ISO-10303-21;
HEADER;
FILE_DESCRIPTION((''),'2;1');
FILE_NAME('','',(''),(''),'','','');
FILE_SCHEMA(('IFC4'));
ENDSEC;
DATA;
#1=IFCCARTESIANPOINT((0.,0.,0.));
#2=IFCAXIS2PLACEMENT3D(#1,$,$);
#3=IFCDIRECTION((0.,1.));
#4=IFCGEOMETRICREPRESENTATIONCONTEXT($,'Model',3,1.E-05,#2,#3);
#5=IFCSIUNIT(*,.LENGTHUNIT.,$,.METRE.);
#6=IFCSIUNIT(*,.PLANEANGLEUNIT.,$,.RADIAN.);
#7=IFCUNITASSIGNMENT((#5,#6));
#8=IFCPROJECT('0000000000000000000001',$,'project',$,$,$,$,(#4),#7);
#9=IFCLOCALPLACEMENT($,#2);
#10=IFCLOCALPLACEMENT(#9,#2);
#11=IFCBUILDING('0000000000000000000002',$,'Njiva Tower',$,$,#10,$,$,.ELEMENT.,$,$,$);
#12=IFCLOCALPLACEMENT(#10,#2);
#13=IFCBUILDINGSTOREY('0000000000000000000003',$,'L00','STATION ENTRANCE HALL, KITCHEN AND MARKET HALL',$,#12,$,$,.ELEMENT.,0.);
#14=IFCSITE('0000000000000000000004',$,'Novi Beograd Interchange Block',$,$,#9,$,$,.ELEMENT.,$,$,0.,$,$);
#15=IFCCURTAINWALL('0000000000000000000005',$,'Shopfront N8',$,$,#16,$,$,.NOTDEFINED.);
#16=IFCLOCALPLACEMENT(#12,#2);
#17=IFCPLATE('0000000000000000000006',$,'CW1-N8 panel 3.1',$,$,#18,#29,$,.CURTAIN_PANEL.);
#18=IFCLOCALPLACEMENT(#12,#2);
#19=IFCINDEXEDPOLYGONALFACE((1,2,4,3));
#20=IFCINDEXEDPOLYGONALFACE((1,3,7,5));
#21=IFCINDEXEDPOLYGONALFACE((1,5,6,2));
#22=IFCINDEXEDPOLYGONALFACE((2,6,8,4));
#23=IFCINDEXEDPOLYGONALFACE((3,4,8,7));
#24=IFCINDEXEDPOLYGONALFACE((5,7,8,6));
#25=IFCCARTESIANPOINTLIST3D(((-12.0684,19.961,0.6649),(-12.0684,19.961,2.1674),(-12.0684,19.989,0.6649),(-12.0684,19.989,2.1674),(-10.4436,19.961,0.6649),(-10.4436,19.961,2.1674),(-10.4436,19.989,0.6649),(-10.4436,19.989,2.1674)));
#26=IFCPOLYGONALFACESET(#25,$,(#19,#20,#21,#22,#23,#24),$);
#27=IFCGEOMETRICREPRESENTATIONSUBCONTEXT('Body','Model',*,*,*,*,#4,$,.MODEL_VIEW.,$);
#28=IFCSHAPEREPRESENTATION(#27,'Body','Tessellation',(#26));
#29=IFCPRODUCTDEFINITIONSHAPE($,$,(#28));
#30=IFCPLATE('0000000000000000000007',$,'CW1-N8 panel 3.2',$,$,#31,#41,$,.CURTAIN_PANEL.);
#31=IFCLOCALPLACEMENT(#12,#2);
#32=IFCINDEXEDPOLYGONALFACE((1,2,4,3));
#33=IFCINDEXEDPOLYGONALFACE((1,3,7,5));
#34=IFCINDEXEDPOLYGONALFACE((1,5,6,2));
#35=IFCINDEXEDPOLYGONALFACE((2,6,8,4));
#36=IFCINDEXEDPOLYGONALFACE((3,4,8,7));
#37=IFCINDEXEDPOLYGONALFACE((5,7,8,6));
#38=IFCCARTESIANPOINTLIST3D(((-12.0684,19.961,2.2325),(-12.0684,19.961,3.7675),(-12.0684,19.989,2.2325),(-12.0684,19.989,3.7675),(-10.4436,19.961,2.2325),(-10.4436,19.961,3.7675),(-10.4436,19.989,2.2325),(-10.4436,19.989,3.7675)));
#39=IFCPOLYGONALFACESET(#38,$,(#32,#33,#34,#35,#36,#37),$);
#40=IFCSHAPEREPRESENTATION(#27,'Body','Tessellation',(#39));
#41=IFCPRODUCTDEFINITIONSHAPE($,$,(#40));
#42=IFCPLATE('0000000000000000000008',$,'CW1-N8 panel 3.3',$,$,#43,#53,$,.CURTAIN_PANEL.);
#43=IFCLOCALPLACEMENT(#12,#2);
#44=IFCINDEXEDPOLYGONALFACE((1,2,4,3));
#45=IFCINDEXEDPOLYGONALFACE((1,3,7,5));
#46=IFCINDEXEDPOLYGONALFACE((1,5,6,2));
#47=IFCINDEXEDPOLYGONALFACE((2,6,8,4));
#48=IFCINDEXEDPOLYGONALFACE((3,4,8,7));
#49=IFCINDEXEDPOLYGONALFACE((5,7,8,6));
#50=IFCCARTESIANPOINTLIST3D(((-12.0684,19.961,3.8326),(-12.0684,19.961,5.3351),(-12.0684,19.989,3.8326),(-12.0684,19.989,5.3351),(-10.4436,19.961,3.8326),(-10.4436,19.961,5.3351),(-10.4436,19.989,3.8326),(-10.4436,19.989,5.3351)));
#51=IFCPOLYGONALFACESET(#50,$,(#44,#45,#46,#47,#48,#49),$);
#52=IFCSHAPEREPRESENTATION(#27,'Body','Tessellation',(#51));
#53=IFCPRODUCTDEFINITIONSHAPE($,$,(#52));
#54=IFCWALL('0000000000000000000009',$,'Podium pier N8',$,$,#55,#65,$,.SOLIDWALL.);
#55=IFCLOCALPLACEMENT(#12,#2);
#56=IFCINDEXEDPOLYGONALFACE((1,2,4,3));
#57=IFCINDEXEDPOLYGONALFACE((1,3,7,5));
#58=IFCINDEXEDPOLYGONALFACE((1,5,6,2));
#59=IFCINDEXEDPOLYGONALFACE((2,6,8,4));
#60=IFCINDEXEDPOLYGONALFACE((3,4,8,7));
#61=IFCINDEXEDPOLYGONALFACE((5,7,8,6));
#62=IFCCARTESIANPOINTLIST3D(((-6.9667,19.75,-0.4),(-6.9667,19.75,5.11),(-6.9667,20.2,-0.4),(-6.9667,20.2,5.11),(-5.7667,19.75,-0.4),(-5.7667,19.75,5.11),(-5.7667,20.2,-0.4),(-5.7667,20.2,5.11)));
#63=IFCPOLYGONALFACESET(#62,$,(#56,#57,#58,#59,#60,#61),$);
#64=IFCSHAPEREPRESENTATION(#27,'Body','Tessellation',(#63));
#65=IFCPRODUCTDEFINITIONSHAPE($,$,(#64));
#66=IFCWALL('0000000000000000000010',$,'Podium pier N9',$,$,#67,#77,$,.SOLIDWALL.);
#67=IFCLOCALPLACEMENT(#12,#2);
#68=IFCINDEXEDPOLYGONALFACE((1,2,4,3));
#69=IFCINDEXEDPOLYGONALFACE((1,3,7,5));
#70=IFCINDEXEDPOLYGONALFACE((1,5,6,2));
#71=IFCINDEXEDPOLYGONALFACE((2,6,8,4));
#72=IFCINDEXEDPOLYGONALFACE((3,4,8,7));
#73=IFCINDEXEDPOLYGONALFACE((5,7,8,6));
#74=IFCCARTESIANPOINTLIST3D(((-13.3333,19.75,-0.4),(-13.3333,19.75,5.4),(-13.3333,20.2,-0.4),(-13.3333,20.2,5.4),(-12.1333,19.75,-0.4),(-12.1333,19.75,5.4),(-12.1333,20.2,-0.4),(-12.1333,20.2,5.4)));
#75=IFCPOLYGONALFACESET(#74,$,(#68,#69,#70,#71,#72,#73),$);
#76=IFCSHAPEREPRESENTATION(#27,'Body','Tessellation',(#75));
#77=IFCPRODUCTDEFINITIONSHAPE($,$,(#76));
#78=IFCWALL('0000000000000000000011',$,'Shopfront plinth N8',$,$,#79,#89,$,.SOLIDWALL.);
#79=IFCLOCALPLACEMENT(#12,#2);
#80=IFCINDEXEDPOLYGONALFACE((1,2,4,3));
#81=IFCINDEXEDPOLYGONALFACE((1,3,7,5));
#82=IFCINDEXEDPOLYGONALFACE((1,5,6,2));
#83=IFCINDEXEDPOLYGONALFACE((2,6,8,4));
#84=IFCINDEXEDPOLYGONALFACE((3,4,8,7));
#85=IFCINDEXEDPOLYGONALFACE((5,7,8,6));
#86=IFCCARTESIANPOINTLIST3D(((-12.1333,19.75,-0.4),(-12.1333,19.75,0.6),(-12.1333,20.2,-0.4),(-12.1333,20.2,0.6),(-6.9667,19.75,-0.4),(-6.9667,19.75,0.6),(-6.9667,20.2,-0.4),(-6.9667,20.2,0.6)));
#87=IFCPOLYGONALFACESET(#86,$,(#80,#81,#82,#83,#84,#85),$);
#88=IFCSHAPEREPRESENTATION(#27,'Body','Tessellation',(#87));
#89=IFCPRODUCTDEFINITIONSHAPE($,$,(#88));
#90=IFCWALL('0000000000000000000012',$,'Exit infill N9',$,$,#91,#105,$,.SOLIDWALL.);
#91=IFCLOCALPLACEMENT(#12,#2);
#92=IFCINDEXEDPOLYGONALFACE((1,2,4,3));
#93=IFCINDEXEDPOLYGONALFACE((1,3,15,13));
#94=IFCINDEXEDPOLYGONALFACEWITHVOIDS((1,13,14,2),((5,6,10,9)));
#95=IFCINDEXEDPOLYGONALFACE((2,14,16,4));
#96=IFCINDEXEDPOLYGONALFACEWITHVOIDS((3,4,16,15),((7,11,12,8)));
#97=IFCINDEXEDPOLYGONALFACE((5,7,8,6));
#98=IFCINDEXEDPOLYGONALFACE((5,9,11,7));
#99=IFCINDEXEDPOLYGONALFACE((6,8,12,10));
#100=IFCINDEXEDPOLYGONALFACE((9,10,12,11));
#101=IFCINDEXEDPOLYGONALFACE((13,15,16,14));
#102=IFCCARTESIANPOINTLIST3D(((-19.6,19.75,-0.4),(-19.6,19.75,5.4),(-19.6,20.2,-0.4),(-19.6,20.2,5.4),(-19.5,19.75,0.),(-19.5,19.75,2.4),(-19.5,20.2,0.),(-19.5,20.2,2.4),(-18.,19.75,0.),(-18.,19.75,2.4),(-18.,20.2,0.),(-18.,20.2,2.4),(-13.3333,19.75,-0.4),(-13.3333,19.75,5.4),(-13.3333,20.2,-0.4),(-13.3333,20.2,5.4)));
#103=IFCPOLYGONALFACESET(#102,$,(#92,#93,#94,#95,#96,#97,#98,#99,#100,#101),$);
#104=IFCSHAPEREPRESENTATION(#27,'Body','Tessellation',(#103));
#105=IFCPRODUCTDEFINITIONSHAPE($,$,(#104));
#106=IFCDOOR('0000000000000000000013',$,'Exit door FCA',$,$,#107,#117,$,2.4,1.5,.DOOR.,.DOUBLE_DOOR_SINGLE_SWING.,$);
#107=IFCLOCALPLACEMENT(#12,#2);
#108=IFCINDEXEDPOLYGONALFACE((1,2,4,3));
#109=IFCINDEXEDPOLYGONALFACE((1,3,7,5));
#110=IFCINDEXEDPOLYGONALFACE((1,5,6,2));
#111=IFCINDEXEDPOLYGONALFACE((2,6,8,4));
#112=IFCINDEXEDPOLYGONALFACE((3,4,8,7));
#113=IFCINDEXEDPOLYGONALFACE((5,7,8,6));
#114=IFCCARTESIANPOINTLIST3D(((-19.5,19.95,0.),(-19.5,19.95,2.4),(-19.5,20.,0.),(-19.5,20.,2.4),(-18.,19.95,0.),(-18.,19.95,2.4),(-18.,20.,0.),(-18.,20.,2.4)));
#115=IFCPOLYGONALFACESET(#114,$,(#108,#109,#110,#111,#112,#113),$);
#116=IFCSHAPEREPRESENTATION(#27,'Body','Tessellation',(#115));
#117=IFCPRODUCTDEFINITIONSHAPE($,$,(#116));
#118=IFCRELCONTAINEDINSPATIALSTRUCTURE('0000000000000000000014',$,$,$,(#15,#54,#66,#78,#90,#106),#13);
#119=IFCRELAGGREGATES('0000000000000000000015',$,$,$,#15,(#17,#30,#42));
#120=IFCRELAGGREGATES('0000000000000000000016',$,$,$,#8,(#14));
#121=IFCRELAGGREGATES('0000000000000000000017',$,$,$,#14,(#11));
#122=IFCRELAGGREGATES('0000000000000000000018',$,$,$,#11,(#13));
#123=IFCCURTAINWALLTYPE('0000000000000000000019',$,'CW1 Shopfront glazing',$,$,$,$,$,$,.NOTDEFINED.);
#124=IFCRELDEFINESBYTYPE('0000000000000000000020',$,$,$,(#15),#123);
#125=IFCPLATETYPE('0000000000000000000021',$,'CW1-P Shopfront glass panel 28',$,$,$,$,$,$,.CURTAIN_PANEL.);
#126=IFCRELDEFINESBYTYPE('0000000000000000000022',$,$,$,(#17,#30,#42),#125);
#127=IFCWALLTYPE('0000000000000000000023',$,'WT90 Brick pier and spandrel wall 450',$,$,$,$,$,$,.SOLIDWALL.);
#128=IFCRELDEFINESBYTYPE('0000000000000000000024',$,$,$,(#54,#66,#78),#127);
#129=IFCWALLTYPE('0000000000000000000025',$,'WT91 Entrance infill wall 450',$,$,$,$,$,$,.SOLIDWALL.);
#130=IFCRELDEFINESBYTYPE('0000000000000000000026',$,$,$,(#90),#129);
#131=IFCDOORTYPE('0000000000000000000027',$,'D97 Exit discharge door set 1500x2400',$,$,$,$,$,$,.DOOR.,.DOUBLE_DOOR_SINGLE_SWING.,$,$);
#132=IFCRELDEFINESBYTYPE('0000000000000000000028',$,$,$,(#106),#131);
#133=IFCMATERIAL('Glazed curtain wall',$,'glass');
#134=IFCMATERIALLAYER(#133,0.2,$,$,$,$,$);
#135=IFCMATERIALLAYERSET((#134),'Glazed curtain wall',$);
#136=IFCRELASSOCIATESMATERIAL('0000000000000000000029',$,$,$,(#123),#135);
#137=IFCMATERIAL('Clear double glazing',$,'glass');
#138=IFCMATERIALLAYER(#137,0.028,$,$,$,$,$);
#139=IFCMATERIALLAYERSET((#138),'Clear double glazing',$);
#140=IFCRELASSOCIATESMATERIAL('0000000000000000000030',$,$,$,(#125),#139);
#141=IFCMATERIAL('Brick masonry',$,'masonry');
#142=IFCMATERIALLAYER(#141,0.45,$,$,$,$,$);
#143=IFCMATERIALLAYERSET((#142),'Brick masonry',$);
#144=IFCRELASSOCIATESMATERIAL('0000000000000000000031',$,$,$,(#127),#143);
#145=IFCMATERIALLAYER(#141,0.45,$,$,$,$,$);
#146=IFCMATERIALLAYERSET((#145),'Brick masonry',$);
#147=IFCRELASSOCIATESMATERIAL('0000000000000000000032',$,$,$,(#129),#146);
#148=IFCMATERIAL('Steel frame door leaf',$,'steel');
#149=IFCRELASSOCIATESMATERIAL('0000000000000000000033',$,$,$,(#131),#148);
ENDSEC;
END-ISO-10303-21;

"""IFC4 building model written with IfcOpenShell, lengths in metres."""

from ifc_helpers import new_model, si_unit, direction, frame, frame_2d, origin, origin_2d, place, context, subcontext, project, spatial, polyline, rectangle, outline, extrude, material, layer, layer_set, type_object, element, fill, aggregate, save


model = new_model("IFC4")

# Units and contexts
model_context = context("Model", 3, precision=1e-05, world=origin(), true_north=direction((0.0, 1.0)))
body_context = subcontext(model_context, "Body", "Model", "MODEL_VIEW")
ifc_project = project(units=[si_unit("LENGTHUNIT", "METRE"), si_unit("PLANEANGLEUNIT", "RADIAN")], contexts=[model_context])

# Site, building, storey
site_placement = place(None, origin())
site = spatial("IfcSite", under=ifc_project, at=site_placement, Name="Novi Beograd Interchange Block", CompositionType="ELEMENT", RefElevation=0.0)
building_placement = place(site_placement, origin())
building = spatial("IfcBuilding", under=site, at=building_placement, Name="Njiva Tower", CompositionType="ELEMENT")
storey_placement = place(building_placement, origin())
storey = spatial("IfcBuildingStorey", under=building, at=storey_placement, Name="L00", Description="STATION ENTRANCE HALL, KITCHEN AND MARKET HALL", CompositionType="ELEMENT", Elevation=0.0)

# Curtain wall, plates
ifc_material_1 = material(Name="Glazed curtain wall", Category="glass")
ifc_layer_1 = layer(ifc_material_1, 0.2)
ifc_layer_set_1 = layer_set([ifc_layer_1], Name="Glazed curtain wall")
curtain_wall_type = type_object("IfcCurtainWallType", Name="CW1 Shopfront glazing", PredefinedType="NOTDEFINED", material=ifc_layer_set_1)
curtain_wall_placement = place(storey_placement, origin())
curtain_wall = element("IfcCurtainWall", 1, at=curtain_wall_placement, inside=storey, type_object=curtain_wall_type, Name="Shopfront N8", PredefinedType="NOTDEFINED")
ifc_material_2 = material(Name="Clear double glazing", Category="glass")
ifc_layer_2 = layer(ifc_material_2, 0.028)
ifc_layer_set_2 = layer_set([ifc_layer_2], Name="Clear double glazing")
plate_type = type_object("IfcPlateType", Name="CW1-P Shopfront glass panel 28", PredefinedType="CURTAIN_PANEL", material=ifc_layer_set_2)
plate_1_placement = place(storey_placement, frame((-11.256, 19.975, 0.6649), z_axis=(0.0, 0.0, 1.0), x_axis=(-1.0, 0.0, 0.0)))
plate_1 = element("IfcPlate", 2, at=plate_1_placement, type_object=plate_type, Name="CW1-N8 panel 3.1", PredefinedType="CURTAIN_PANEL", context=body_context, shape_type="SweptSolid", body=[
    extrude(rectangle(XDim=1.6247, YDim=0.028, at=origin_2d()), origin(), (0.0, 0.0, 1.0), 1.5025),
])
plate_2_placement = place(storey_placement, frame((-11.256, 19.975, 2.2325), z_axis=(0.0, 0.0, 1.0), x_axis=(-1.0, 0.0, 0.0)))
plate_2 = element("IfcPlate", 3, at=plate_2_placement, type_object=plate_type, Name="CW1-N8 panel 3.2", PredefinedType="CURTAIN_PANEL", context=body_context, shape_type="SweptSolid", body=[
    extrude(rectangle(XDim=1.6247, YDim=0.028, at=origin_2d()), origin(), (0.0, 0.0, 1.0), 1.535),
])
plate_3_placement = place(storey_placement, frame((-11.256, 19.975, 3.8326), z_axis=(0.0, 0.0, 1.0), x_axis=(-1.0, 0.0, 0.0)))
plate_3 = element("IfcPlate", 4, at=plate_3_placement, type_object=plate_type, Name="CW1-N8 panel 3.3", PredefinedType="CURTAIN_PANEL", context=body_context, shape_type="SweptSolid", body=[
    extrude(rectangle(XDim=1.6247, YDim=0.028, at=origin_2d()), origin(), (0.0, 0.0, 1.0), 1.5025),
])
aggregate(curtain_wall, [plate_1, plate_2, plate_3])

# Walls
ifc_material_3 = material(Name="Brick masonry", Category="masonry")
ifc_layer_3 = layer(ifc_material_3, 0.45)
ifc_layer_set_3 = layer_set([ifc_layer_3], Name="Brick masonry")
wall_type_1 = type_object("IfcWallType", Name="WT90 Brick pier and spandrel wall 450", PredefinedType="SOLIDWALL", material=ifc_layer_set_3)
wall_1_placement = place(storey_placement, frame((-5.7667, 19.975, -0.4), z_axis=(0.0, 0.0, 1.0), x_axis=(-1.0, 0.0, 0.0)))
element("IfcWall", 5, at=wall_1_placement, inside=storey, type_object=wall_type_1, Name="Podium pier N8", PredefinedType="SOLIDWALL", context=body_context, shape_type="SweptSolid", body=[
    extrude(outline(polyline([(0.0, -0.225), (1.2, -0.225), (1.2, 0.225), (0.0, 0.225), (0.0, -0.225)])), origin(), (0.0, 0.0, 1.0), 5.51),
])
wall_2_placement = place(storey_placement, frame((-12.1333, 19.975, -0.4), z_axis=(0.0, 0.0, 1.0), x_axis=(-1.0, 0.0, 0.0)))
element("IfcWall", 6, at=wall_2_placement, inside=storey, type_object=wall_type_1, Name="Podium pier N9", PredefinedType="SOLIDWALL", context=body_context, shape_type="SweptSolid", body=[
    extrude(outline(polyline([(0.0, -0.225), (1.2, -0.225), (1.2, 0.225), (0.0, 0.225), (0.0, -0.225)])), origin(), (0.0, 0.0, 1.0), 5.8),
])
wall_3_placement = place(storey_placement, frame((-6.9667, 19.975, -0.4), z_axis=(0.0, 0.0, 1.0), x_axis=(-1.0, 0.0, 0.0)))
element("IfcWall", 7, at=wall_3_placement, inside=storey, type_object=wall_type_1, Name="Shopfront plinth N8", PredefinedType="SOLIDWALL", context=body_context, shape_type="SweptSolid", body=[
    extrude(outline(polyline([(0.0, -0.225), (5.1666, -0.225), (5.1666, 0.225), (0.0, 0.225), (0.0, -0.225)])), origin(), (0.0, 0.0, 1.0), 1.0),
])

# Wall, opening, door
ifc_layer_4 = layer(ifc_material_3, 0.45)
ifc_layer_set_4 = layer_set([ifc_layer_4], Name="Brick masonry")
wall_type_2 = type_object("IfcWallType", Name="WT91 Entrance infill wall 450", PredefinedType="SOLIDWALL", material=ifc_layer_set_4)
wall_4_placement = place(storey_placement, frame((-13.3333, 19.975, -0.4), z_axis=(0.0, 0.0, 1.0), x_axis=(-1.0, 0.0, 0.0)))
wall_4 = element("IfcWall", 8, at=wall_4_placement, inside=storey, type_object=wall_type_2, Name="Exit infill N9", PredefinedType="SOLIDWALL", context=body_context, shape_type="SweptSolid", body=[
    extrude(outline(polyline([(0.0, -0.225), (6.2667, -0.225), (6.2667, 0.225), (0.0, 0.225), (0.0, -0.225)])), origin(), (0.0, 0.0, 1.0), 5.8),
])
opening_placement = place(wall_4_placement, frame((4.6667, 0.0, 0.4)))
opening = element("IfcOpeningElement", 9, at=opening_placement, cuts=wall_4, PredefinedType="OPENING", context=body_context, shape_type="SweptSolid", body=[
    extrude(rectangle(XDim=1.5, YDim=2.4, at=frame_2d((0.75, 1.2))), frame((0.0, 0.235, 0.0), z_axis=(0.0, -1.0, 0.0), x_axis=(1.0, 0.0, 0.0)), (0.0, 0.0, 1.0), 0.47),
])
ifc_material_4 = material(Name="Steel frame door leaf", Category="steel")
door_type = type_object("IfcDoorType", Name="D97 Exit discharge door set 1500x2400", OperationType="DOUBLE_DOOR_SINGLE_SWING", PredefinedType="DOOR", material=ifc_material_4)
door_placement = place(opening_placement, frame((1.5, 0.0, 0.0), z_axis=(0.0, 0.0, 1.0), x_axis=(-1.0, 0.0, 0.0)))
door = element("IfcDoor", 10, at=door_placement, inside=storey, type_object=door_type, Name="Exit door FCA", OperationType="DOUBLE_DOOR_SINGLE_SWING", OverallHeight=2.4, OverallWidth=1.5, PredefinedType="DOOR", context=body_context, shape_type="SweptSolid", body=[
    extrude(rectangle(XDim=1.5, YDim=2.4, at=frame_2d((0.75, 1.2))), frame((0.0, 0.025, 0.0), z_axis=(0.0, -1.0, 0.0), x_axis=(1.0, 0.0, 0.0)), (0.0, 0.0, 1.0), 0.05),
])
fill(opening, door)

save(model, "model.ifc")
